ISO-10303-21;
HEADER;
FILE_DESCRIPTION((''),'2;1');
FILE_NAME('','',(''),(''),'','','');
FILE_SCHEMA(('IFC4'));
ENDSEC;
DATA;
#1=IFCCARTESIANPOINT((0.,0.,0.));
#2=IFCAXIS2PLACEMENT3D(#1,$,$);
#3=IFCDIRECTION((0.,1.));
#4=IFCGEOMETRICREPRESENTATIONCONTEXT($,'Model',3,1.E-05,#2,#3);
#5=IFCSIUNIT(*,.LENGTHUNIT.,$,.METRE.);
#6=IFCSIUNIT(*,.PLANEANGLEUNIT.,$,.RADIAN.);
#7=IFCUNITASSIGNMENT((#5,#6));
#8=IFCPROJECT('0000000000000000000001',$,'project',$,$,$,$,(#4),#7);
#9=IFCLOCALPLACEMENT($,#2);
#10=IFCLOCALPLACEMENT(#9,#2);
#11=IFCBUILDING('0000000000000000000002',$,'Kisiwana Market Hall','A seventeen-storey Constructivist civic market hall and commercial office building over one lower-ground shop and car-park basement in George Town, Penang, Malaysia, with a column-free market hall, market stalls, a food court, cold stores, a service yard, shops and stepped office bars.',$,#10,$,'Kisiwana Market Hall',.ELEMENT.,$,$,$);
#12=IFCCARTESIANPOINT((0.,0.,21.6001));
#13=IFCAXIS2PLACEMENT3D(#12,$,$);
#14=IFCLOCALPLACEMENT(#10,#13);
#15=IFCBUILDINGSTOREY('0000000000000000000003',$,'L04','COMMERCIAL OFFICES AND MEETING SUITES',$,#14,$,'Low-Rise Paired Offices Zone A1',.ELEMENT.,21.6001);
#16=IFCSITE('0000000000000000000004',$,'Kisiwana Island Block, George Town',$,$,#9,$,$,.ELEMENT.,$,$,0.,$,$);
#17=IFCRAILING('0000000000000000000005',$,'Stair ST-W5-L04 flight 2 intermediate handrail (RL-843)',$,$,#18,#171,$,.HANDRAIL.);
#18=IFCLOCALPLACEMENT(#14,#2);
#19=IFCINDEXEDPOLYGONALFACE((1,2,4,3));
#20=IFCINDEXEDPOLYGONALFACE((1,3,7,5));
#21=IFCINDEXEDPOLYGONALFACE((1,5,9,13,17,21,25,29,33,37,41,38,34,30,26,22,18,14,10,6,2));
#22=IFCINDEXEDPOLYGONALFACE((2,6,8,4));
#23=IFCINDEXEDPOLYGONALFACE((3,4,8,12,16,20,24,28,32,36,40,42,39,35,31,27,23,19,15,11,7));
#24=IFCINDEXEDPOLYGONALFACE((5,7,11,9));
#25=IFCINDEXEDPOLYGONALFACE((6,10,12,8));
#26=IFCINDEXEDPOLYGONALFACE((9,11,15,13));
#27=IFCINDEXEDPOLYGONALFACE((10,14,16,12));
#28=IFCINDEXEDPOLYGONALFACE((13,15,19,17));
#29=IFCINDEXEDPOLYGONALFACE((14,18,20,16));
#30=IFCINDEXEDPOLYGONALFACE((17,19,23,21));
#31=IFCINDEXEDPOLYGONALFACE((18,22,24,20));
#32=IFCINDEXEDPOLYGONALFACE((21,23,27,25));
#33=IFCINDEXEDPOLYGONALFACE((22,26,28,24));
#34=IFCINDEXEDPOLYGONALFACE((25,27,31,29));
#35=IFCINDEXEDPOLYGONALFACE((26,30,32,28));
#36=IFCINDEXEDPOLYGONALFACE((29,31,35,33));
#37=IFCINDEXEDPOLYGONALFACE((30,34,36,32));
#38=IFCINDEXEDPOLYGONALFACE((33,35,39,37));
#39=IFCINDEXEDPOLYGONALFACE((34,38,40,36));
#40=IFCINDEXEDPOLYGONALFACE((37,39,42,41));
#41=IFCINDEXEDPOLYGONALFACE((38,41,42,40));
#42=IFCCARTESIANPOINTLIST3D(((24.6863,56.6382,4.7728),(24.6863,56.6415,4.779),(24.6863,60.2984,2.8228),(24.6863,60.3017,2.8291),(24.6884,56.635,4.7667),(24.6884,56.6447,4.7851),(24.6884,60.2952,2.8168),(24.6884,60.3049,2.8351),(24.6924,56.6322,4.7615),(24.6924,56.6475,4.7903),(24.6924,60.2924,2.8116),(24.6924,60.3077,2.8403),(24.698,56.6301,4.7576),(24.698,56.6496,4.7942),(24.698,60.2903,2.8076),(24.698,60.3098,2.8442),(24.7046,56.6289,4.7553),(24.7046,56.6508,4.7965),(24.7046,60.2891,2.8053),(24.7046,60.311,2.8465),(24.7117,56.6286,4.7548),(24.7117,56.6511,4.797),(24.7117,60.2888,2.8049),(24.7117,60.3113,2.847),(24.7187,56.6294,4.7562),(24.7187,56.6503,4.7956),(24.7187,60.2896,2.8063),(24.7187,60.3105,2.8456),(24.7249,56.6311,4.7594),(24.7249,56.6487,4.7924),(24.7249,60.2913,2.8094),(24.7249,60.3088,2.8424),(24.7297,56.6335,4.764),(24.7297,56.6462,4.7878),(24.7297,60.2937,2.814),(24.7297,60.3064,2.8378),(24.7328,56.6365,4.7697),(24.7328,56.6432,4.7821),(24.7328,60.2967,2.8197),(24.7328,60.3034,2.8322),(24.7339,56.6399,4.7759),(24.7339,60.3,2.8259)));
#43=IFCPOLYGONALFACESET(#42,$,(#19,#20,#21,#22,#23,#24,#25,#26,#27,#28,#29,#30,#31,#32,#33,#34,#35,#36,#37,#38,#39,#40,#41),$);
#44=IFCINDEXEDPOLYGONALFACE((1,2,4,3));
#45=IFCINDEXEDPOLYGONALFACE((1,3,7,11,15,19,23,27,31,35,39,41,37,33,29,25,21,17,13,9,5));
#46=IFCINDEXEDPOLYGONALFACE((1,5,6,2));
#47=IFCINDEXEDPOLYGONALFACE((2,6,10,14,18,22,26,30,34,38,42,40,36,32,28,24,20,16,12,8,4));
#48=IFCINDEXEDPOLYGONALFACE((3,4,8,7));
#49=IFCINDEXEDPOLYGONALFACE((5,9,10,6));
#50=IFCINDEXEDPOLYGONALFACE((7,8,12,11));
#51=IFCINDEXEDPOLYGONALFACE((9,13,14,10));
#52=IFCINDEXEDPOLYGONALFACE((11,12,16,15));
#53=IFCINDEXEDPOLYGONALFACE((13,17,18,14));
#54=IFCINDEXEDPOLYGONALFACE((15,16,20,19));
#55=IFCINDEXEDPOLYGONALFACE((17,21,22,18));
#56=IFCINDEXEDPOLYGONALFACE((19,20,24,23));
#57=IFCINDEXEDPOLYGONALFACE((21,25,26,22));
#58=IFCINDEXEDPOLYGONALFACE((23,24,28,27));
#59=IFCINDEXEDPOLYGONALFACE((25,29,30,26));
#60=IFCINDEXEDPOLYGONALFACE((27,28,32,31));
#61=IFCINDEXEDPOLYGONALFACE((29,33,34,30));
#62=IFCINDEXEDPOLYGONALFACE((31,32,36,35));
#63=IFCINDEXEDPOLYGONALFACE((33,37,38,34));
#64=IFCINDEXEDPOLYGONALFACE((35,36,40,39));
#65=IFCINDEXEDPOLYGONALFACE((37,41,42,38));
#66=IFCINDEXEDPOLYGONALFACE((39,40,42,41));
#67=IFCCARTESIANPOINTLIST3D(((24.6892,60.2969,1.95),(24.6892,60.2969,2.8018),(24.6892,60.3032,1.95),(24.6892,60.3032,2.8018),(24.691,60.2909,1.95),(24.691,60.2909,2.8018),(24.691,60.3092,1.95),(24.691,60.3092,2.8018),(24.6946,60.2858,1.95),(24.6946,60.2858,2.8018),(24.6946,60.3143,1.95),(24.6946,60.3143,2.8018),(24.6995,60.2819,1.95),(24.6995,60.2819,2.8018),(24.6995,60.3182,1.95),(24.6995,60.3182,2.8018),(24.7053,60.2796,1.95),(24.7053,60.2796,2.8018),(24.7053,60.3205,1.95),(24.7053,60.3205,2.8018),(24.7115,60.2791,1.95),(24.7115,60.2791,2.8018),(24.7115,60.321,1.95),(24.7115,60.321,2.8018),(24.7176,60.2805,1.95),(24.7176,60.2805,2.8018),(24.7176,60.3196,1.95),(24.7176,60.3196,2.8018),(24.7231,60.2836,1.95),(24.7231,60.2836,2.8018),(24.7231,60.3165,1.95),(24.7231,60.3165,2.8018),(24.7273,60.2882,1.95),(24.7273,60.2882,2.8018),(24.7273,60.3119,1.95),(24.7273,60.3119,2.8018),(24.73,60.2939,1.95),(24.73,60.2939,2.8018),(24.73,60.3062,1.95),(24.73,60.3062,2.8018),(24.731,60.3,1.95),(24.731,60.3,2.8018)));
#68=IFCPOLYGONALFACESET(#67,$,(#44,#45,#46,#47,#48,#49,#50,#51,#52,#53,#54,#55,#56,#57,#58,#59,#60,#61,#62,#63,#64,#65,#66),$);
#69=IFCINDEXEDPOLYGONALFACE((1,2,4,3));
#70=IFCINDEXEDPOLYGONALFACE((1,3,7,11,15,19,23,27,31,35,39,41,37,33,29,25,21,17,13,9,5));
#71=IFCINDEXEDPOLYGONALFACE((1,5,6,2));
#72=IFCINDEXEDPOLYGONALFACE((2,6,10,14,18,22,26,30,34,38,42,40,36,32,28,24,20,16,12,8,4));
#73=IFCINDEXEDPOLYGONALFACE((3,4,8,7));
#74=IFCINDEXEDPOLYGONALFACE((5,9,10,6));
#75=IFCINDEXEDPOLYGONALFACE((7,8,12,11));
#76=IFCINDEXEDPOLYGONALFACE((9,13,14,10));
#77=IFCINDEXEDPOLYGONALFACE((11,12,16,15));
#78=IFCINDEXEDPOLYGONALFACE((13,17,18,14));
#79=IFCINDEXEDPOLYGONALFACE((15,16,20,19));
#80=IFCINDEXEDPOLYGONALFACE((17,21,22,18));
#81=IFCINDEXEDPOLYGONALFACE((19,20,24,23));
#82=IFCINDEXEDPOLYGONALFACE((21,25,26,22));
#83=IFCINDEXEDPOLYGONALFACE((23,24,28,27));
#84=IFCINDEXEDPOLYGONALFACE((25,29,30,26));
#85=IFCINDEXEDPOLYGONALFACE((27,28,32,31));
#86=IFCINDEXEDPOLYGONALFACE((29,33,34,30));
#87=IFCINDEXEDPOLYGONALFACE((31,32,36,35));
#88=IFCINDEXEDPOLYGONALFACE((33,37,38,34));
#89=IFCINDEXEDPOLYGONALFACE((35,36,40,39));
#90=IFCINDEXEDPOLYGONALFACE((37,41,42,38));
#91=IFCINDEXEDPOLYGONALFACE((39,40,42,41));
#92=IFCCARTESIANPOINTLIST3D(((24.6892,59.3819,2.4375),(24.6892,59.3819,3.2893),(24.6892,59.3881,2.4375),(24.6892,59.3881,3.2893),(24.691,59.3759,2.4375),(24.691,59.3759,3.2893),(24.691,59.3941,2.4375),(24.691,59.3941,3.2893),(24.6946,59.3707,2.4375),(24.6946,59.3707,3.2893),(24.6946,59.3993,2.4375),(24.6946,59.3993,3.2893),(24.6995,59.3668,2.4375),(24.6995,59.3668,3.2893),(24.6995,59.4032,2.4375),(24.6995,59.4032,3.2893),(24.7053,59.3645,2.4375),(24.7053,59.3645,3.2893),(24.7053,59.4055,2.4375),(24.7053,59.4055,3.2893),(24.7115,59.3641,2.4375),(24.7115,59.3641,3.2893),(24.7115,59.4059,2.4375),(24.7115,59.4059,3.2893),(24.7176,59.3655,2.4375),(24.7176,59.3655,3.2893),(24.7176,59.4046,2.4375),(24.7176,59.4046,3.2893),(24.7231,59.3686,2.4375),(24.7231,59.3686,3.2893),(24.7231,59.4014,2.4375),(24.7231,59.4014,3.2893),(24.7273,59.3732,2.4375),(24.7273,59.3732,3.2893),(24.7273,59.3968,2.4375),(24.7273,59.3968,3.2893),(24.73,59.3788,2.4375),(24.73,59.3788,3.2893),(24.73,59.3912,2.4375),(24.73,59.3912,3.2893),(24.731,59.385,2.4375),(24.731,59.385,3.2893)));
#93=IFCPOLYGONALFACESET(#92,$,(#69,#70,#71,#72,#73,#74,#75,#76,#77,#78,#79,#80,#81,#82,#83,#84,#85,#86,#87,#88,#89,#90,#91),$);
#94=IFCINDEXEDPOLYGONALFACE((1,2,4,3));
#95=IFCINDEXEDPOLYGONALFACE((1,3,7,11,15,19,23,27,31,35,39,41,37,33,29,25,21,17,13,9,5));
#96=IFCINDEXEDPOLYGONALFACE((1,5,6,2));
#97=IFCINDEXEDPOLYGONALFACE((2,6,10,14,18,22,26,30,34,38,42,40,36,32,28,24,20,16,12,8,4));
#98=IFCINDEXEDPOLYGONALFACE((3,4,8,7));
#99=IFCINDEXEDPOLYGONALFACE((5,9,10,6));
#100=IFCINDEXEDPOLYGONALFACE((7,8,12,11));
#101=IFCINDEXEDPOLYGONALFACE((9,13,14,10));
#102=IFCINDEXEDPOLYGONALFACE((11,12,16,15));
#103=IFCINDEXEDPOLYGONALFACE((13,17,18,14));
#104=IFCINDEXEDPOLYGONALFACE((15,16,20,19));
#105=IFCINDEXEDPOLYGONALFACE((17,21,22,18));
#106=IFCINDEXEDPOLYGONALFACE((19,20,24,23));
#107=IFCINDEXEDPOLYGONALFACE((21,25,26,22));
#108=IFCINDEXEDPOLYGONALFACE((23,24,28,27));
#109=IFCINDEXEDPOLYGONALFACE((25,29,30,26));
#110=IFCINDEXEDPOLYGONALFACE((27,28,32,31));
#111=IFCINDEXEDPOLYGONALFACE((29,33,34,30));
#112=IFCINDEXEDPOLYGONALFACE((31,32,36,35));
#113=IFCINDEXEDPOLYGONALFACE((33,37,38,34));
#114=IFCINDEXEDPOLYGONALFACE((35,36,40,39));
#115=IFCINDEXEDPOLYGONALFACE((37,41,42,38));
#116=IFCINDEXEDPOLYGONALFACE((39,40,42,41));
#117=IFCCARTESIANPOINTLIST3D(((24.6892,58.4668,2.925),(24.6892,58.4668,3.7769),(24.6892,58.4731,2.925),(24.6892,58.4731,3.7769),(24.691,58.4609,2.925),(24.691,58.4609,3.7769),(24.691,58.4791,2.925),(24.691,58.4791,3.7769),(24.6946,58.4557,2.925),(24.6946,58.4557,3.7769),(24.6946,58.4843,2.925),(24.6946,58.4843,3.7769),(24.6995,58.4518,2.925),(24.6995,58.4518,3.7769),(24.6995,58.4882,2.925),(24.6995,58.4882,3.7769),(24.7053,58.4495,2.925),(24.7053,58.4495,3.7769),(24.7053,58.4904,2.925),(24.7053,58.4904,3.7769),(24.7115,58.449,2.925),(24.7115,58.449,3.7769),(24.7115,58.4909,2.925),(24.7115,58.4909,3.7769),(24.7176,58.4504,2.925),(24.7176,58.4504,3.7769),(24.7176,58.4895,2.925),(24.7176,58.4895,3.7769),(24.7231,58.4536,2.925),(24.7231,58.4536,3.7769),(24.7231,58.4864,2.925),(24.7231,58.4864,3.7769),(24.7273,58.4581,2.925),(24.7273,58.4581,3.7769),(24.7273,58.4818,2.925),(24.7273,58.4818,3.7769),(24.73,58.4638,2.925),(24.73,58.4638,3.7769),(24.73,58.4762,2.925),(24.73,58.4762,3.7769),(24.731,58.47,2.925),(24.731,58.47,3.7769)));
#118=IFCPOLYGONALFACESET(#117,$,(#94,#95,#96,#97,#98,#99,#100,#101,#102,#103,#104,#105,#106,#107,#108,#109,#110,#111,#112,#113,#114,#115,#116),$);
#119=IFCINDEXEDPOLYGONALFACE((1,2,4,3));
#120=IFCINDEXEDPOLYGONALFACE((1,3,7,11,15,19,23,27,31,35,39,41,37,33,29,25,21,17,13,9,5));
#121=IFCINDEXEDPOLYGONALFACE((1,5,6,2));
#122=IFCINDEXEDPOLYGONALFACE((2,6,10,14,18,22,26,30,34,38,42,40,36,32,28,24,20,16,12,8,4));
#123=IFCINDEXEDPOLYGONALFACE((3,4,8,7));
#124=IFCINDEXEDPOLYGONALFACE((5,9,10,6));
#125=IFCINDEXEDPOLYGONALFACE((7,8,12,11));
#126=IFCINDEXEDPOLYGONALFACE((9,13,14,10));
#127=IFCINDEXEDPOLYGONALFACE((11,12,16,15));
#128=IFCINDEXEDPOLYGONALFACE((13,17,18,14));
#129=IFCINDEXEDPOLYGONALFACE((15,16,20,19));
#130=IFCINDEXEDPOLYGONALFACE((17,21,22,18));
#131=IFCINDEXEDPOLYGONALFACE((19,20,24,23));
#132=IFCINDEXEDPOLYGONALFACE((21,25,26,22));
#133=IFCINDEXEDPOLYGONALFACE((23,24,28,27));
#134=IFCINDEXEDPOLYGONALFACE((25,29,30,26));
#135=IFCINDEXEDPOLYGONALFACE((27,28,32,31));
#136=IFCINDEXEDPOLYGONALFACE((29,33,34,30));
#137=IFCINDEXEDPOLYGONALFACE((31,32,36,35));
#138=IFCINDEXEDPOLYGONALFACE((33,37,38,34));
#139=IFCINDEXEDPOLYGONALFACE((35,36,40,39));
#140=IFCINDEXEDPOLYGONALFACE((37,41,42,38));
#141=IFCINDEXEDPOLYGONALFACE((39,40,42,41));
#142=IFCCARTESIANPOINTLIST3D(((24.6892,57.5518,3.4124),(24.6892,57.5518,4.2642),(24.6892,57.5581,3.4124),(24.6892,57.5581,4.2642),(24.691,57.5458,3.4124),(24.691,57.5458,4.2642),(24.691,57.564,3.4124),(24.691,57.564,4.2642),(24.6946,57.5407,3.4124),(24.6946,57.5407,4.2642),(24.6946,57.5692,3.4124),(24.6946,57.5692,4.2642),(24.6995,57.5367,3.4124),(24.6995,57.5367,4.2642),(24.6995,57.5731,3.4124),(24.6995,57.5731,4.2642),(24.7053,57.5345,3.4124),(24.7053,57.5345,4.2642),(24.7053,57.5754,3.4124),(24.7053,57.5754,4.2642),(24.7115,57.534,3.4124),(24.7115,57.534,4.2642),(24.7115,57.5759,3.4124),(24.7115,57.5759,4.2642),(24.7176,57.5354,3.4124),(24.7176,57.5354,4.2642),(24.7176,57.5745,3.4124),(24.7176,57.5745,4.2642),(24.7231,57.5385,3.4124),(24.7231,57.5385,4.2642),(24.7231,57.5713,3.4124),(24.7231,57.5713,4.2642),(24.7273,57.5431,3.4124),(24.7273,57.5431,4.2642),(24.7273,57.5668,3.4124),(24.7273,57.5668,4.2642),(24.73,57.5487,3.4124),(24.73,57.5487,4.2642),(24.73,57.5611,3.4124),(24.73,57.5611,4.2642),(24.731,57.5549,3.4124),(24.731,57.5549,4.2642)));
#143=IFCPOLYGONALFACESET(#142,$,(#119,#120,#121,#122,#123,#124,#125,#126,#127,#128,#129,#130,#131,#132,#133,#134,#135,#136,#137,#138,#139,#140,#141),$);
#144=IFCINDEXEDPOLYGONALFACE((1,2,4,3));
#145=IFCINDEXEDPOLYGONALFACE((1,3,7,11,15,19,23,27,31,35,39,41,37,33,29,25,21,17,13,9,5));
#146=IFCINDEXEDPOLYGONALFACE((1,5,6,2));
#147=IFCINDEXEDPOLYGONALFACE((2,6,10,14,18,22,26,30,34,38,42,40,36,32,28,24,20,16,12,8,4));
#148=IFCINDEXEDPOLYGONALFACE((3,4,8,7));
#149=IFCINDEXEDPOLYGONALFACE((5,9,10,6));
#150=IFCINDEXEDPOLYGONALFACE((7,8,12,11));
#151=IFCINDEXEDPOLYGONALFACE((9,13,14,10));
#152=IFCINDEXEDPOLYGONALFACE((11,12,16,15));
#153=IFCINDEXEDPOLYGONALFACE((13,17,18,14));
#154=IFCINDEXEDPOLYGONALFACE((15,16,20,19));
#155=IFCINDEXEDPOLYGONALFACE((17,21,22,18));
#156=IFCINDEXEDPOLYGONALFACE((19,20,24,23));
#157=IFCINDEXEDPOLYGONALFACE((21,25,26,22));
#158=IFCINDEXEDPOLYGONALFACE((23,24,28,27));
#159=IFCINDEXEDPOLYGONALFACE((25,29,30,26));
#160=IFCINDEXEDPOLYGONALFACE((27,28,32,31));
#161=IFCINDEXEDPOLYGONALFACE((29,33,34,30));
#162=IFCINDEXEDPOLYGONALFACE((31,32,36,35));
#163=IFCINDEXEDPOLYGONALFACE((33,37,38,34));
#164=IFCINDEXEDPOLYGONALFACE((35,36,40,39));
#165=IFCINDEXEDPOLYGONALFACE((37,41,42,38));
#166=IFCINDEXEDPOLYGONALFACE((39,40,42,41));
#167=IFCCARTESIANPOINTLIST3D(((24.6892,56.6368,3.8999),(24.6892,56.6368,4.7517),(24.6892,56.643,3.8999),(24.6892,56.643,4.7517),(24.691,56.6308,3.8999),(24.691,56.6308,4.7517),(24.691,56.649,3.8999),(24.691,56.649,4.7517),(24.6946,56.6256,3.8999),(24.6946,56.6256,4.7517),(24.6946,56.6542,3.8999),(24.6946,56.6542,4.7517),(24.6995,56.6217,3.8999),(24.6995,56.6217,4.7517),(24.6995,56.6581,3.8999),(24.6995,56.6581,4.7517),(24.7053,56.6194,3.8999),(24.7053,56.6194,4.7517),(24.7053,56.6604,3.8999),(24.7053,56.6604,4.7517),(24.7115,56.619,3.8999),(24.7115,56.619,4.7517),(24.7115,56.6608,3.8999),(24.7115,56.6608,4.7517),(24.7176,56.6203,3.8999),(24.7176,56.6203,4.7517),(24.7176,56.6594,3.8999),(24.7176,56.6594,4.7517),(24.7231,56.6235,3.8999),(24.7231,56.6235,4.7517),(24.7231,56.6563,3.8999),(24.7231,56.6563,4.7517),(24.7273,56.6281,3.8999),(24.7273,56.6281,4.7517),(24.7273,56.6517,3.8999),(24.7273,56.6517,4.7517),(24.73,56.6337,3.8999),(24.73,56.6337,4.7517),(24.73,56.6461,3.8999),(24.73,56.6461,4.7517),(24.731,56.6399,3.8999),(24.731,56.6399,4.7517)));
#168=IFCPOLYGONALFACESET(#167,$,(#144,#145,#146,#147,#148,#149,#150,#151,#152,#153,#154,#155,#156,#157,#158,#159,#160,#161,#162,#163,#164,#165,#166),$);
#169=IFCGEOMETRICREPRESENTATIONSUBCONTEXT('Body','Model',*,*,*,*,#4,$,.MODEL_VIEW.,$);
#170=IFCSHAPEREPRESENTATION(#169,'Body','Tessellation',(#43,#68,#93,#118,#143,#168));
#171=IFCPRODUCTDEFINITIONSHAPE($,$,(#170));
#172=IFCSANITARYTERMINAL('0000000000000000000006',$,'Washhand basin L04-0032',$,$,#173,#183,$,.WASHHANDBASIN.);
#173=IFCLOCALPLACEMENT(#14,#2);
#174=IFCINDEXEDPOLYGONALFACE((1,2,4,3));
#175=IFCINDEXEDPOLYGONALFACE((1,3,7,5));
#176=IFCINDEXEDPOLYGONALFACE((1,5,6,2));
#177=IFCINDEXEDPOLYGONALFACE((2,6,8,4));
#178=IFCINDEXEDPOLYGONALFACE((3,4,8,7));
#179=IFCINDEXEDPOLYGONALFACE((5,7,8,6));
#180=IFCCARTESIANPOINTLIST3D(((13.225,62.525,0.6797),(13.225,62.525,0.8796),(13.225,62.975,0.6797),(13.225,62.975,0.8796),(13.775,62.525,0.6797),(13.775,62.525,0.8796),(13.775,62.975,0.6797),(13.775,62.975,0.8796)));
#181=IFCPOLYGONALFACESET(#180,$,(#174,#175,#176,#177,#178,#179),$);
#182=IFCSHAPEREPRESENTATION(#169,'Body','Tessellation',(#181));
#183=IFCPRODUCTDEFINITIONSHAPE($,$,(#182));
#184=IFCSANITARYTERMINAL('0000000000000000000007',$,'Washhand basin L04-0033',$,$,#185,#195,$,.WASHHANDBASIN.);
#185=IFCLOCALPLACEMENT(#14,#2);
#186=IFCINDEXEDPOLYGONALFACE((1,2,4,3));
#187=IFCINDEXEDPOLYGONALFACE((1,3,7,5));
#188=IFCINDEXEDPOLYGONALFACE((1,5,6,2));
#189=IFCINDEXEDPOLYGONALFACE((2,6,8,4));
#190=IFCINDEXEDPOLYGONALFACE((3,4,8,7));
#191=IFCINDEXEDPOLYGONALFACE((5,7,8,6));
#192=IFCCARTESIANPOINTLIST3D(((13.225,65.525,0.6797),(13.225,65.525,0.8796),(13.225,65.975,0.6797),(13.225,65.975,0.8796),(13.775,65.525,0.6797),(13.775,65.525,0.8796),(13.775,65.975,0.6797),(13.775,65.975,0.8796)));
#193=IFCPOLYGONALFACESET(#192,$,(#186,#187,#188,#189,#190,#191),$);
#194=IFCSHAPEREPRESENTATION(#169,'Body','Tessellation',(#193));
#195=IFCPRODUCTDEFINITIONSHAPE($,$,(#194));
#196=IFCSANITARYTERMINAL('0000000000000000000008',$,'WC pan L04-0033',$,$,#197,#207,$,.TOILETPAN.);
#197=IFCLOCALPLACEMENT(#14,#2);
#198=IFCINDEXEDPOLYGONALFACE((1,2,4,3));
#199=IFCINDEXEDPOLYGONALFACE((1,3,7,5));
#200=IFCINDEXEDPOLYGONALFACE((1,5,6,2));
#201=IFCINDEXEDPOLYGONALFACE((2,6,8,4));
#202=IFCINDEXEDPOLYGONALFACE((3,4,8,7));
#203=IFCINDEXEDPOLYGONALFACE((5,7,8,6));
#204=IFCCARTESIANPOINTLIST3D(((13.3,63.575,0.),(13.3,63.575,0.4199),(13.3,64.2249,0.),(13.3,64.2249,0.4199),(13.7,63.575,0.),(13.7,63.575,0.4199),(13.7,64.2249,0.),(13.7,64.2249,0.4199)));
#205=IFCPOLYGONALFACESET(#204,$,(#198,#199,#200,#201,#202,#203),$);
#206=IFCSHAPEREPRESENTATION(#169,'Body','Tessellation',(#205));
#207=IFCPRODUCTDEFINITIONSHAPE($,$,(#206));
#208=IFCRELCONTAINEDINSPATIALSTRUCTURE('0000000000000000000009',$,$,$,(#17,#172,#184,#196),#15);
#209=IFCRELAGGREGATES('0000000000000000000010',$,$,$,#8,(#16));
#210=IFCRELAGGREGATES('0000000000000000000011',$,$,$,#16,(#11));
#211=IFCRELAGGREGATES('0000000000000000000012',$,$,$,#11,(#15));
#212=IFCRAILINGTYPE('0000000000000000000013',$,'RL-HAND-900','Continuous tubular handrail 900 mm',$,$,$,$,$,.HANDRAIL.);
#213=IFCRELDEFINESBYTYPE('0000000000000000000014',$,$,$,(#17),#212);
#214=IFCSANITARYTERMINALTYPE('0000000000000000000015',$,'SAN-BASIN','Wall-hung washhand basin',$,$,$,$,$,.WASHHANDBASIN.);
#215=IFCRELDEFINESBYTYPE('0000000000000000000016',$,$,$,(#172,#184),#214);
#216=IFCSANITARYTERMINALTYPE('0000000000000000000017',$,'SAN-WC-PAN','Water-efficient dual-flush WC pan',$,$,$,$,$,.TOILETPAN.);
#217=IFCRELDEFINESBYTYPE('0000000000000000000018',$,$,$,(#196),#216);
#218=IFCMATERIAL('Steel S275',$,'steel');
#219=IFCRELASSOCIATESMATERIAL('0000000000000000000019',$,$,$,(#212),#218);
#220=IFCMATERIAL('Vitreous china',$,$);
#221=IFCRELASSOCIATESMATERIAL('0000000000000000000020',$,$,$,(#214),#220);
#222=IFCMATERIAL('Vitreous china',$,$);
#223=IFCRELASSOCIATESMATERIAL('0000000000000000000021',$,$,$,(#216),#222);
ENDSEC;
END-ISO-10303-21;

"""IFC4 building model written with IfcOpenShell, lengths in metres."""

from ifc_helpers import new_model, si_unit, direction, frame, origin, origin_2d, place, context, subcontext, project, spatial, rectangle, circle, extrude, material, type_object, element, save


model = new_model("IFC4")

# Units and contexts
model_context = context("Model", 3, precision=1e-05, world=origin(), true_north=direction((0.0, 1.0)))
body_context = subcontext(model_context, "Body", "Model", "MODEL_VIEW")
ifc_project = project(units=[si_unit("LENGTHUNIT", "METRE"), si_unit("PLANEANGLEUNIT", "RADIAN")], contexts=[model_context])

# Site, building, storey
site_placement = place(None, origin())
site = spatial("IfcSite", under=ifc_project, at=site_placement, Name="Kisiwana Island Block, George Town", CompositionType="ELEMENT", RefElevation=0.0)
building_placement = place(site_placement, origin())
building = spatial("IfcBuilding", under=site, at=building_placement, Name="Kisiwana Market Hall", Description="A seventeen-storey Constructivist civic market hall and commercial office building over one lower-ground shop and car-park basement in George Town, Penang, Malaysia, with a column-free market hall, market stalls, a food court, cold stores, a service yard, shops and stepped office bars.", LongName="Kisiwana Market Hall", CompositionType="ELEMENT")
storey_placement = place(building_placement, frame((0.0, 0.0, 21.6001)))
storey = spatial("IfcBuildingStorey", under=building, at=storey_placement, Name="L04", Description="COMMERCIAL OFFICES AND MEETING SUITES", LongName="Low-Rise Paired Offices Zone A1", CompositionType="ELEMENT", Elevation=21.6001)

# Railing
ifc_material_1 = material(Name="Steel S275", Category="steel")
railing_type_1 = type_object("IfcRailingType", Name="RL-HAND-900", Description="Continuous tubular handrail 900 mm", PredefinedType="HANDRAIL", material=ifc_material_1)
for number, where, name in (
    (1, (24.71, 60.3, 1.95), "Stair ST-W5-L04 flight 2 intermediate handrail (RL-843)"),
):
    element("IfcRailing", number, at=place(storey_placement, frame(where)), inside=storey, type_object=railing_type_1, Name=name, PredefinedType="HANDRAIL", context=body_context, shape_type="SweptSolid", body=[
        extrude(circle(Radius=0.0239, at=origin_2d()), frame((0.0, 0.0, 0.876), z_axis=(0.0, -0.882566, 0.470188), x_axis=(1.0, 0.0, 0.0)), (0.0, 0.0, 1.0), 4.1472),
        extrude(circle(Radius=0.021, at=origin_2d()), origin(), (0.0, 0.0, 1.0), 0.8518),
        extrude(circle(Radius=0.021, at=origin_2d()), frame((0.0, -0.915, 0.4875)), (0.0, 0.0, 1.0), 0.8518),
        extrude(circle(Radius=0.021, at=origin_2d()), frame((0.0, -1.8301, 0.9751)), (0.0, 0.0, 1.0), 0.8518),
        extrude(circle(Radius=0.021, at=origin_2d()), frame((0.0, -2.7451, 1.4624)), (0.0, 0.0, 1.0), 0.8518),
        extrude(circle(Radius=0.021, at=origin_2d()), frame((0.0, -3.6602, 1.95)), (0.0, 0.0, 1.0), 0.8518),
    ])

# Sanitary terminals
ifc_material_2 = material(Name="Vitreous china")
sanitary_terminal_type_1 = type_object("IfcSanitaryTerminalType", Name="SAN-BASIN", Description="Wall-hung washhand basin", PredefinedType="WASHHANDBASIN", material=ifc_material_2)
for number, where, z_axis, x_axis, name in (
    (2, (13.5, 62.75, 0.6797), (0.0, 0.0, 1.0), (1.0, 0.0, 0.0), "Washhand basin L04-0032"),
    (3, (13.5, 65.75, 0.6797), (0.0, 0.0, 1.0), (1.0, 0.0, 0.0), "Washhand basin L04-0033"),
):
    element("IfcSanitaryTerminal", number, at=place(storey_placement, frame(where, z_axis=z_axis, x_axis=x_axis)), inside=storey, type_object=sanitary_terminal_type_1, Name=name, PredefinedType="WASHHANDBASIN", context=body_context, shape_type="SweptSolid", body=[
        extrude(rectangle(XDim=0.55, YDim=0.45, at=origin_2d()), origin(), (0.0, 0.0, 1.0), 0.2),
    ])
ifc_material_3 = material(Name="Vitreous china")
sanitary_terminal_type_2 = type_object("IfcSanitaryTerminalType", Name="SAN-WC-PAN", Description="Water-efficient dual-flush WC pan", PredefinedType="TOILETPAN", material=ifc_material_3)
sanitary_terminal_placement = place(storey_placement, frame((13.5, 63.8999, 0.0), z_axis=(0.0, 0.0, 1.0), x_axis=(1.0, 0.0, 0.0)))
element("IfcSanitaryTerminal", 4, at=sanitary_terminal_placement, inside=storey, type_object=sanitary_terminal_type_2, Name="WC pan L04-0033", PredefinedType="TOILETPAN", context=body_context, shape_type="SweptSolid", body=[
    extrude(rectangle(XDim=0.3999, YDim=0.6499, at=origin_2d()), origin(), (0.0, 0.0, 1.0), 0.4199),
])

save(model, "model.ifc")
